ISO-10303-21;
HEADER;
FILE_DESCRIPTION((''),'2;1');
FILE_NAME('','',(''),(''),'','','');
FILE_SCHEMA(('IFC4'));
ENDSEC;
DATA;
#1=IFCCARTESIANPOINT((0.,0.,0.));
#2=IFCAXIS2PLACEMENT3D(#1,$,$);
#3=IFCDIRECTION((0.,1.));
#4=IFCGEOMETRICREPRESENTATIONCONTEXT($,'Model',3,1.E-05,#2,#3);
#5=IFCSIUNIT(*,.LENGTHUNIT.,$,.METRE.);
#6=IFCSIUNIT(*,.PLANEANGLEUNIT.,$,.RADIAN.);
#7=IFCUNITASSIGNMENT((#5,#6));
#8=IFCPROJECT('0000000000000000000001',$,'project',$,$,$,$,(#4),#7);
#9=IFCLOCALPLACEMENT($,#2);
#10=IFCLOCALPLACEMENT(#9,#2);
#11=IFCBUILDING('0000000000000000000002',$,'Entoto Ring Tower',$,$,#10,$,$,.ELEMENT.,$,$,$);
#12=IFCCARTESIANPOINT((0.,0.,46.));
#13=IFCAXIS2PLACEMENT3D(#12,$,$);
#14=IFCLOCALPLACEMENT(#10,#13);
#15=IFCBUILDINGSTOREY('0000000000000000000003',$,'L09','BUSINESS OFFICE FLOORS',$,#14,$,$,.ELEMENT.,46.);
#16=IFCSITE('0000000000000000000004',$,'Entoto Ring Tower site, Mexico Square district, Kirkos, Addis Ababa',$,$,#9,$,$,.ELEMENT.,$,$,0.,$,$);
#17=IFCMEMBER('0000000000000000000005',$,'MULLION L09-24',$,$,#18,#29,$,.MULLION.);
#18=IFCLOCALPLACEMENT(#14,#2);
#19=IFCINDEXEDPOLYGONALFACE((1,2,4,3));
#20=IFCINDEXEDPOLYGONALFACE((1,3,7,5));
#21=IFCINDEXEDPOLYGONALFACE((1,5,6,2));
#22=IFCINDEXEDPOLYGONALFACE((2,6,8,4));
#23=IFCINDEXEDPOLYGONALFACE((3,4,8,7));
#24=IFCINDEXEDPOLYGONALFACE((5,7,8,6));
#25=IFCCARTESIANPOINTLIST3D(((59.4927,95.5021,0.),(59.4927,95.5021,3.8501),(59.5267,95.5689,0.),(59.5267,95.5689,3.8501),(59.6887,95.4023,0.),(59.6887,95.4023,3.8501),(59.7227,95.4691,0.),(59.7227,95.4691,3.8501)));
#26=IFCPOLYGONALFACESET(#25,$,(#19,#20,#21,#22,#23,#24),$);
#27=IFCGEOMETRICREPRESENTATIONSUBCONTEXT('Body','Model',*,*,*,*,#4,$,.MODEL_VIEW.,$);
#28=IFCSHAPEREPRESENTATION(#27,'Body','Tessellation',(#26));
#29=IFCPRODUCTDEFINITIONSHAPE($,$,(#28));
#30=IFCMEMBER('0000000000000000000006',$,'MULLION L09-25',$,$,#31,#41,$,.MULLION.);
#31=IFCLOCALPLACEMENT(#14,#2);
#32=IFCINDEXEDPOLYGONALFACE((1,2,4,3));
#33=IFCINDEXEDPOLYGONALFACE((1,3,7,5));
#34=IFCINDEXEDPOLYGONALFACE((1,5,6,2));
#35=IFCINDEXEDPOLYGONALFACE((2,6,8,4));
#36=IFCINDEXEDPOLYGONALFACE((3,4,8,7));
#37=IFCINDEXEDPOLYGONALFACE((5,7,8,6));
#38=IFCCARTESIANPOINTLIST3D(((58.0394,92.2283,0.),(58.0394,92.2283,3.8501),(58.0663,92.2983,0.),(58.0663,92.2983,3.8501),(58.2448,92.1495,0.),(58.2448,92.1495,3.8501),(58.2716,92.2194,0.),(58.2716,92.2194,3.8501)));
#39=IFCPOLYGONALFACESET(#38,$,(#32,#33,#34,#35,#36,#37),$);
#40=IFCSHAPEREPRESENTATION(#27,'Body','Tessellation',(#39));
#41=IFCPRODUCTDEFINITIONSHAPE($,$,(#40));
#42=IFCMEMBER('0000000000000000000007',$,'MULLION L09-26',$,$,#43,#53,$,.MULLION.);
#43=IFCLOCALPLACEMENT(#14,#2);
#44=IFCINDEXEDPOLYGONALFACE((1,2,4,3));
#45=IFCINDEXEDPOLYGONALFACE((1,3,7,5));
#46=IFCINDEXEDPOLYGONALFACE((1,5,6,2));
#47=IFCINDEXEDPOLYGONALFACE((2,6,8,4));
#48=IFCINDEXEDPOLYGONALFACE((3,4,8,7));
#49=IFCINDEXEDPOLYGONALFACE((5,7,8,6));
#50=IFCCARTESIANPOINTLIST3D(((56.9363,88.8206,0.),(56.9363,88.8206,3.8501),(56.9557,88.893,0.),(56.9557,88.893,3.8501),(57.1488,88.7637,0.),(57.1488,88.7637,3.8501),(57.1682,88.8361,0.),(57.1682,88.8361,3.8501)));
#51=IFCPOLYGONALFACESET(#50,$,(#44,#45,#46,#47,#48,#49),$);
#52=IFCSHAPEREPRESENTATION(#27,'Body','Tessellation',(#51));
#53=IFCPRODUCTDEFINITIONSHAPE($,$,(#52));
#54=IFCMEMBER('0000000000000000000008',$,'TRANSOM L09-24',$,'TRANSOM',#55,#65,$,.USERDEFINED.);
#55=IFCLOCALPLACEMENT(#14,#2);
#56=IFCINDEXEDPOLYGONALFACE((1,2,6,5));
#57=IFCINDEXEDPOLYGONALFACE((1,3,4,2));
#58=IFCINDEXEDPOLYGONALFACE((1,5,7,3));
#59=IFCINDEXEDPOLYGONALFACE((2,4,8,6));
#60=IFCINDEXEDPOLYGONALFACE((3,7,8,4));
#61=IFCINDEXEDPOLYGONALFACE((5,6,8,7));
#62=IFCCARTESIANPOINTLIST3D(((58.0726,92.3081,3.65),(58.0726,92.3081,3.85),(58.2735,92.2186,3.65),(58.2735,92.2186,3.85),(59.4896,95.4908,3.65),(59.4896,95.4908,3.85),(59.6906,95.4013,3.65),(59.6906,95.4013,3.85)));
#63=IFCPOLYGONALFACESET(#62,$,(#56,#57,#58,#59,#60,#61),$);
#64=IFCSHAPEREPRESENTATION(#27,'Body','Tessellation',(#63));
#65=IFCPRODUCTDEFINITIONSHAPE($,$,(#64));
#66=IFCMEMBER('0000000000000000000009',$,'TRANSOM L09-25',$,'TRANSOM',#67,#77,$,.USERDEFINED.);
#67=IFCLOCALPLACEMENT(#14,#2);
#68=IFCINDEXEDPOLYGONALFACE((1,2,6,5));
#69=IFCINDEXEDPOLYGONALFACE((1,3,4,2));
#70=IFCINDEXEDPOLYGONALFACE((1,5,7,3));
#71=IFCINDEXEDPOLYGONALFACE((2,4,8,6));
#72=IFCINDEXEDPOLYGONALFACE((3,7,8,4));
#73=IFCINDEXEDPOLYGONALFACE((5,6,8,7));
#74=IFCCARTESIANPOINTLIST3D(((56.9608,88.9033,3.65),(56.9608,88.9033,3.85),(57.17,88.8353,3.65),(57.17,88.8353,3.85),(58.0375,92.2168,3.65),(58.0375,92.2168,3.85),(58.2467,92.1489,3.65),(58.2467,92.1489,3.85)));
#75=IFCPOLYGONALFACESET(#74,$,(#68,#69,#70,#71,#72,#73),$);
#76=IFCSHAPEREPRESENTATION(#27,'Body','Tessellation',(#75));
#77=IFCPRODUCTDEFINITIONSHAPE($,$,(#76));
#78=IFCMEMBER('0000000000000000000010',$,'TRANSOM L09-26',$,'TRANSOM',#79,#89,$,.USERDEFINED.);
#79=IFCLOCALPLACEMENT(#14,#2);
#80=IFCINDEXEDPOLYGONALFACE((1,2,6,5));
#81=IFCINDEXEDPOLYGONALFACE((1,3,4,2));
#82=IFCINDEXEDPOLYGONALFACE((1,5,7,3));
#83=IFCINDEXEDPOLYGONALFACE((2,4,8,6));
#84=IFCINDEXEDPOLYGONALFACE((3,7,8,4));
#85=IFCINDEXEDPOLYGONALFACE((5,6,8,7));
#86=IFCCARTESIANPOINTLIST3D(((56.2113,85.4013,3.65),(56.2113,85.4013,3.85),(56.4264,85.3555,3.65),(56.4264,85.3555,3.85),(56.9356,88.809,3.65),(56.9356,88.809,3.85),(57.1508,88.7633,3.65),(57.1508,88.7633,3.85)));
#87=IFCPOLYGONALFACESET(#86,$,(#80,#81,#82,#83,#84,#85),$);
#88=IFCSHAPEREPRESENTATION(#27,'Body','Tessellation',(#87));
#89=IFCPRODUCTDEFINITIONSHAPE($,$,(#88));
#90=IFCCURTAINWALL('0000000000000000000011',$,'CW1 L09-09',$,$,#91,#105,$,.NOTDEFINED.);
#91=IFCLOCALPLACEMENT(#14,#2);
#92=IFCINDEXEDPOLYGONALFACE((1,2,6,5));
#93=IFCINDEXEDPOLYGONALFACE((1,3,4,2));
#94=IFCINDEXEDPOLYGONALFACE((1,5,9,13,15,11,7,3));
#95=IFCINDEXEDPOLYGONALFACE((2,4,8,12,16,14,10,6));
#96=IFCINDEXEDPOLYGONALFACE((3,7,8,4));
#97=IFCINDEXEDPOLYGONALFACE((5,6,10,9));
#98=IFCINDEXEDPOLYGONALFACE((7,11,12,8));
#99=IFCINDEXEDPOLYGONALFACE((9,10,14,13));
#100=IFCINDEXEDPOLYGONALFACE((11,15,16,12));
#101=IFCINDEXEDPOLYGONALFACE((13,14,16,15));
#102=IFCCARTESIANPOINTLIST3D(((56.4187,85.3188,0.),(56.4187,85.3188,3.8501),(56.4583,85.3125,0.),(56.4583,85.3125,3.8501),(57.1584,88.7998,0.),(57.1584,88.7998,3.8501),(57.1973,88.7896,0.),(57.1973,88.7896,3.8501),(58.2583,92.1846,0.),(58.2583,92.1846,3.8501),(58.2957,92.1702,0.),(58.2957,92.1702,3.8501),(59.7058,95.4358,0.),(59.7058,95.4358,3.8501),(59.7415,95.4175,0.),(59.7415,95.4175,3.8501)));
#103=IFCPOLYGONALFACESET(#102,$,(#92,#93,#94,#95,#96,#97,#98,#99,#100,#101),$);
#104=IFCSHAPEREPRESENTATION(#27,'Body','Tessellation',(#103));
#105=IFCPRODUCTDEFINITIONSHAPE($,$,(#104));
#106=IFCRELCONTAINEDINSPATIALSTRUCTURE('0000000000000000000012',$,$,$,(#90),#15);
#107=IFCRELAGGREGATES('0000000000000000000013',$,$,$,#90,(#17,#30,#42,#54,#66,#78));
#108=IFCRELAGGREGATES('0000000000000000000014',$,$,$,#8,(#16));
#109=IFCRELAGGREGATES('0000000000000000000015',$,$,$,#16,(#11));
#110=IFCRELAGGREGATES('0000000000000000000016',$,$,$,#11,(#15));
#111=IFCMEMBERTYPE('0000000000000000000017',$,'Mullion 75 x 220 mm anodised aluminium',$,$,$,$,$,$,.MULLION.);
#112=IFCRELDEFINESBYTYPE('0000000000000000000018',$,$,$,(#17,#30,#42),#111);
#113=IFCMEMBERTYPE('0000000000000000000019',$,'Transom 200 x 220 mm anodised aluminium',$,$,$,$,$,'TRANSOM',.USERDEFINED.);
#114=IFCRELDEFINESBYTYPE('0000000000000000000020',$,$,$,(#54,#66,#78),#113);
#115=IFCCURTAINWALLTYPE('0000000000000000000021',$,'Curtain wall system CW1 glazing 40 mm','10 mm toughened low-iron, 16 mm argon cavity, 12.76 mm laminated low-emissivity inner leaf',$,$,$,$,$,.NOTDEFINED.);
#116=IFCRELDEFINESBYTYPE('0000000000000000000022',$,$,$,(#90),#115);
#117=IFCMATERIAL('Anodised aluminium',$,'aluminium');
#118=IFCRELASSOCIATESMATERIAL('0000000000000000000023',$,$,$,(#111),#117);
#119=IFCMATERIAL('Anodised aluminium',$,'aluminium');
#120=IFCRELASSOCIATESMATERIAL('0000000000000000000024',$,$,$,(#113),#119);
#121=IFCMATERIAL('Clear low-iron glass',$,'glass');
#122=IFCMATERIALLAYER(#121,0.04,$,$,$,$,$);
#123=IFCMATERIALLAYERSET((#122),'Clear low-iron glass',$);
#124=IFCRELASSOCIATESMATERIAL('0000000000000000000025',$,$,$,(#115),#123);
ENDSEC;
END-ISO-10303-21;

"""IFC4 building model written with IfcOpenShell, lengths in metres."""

from ifc_helpers import new_model, si_unit, direction, frame, origin, origin_2d, place, context, subcontext, project, spatial, polyline, rectangle, outline, extrude, material, layer, layer_set, material_profile, profile_set, type_object, element, aggregate, save


model = new_model("IFC4")

# Units and contexts
model_context = context("Model", 3, precision=1e-05, world=origin(), true_north=direction((0.0, 1.0)))
body_context = subcontext(model_context, "Body", "Model", "MODEL_VIEW")
ifc_project = project(units=[si_unit("LENGTHUNIT", "METRE"), si_unit("PLANEANGLEUNIT", "RADIAN")], contexts=[model_context])

# Members
ifc_material_1 = material(Name="Anodised aluminium", Category="aluminium")
ifc_material_profile_1 = material_profile(ifc_material_1, rectangle(XDim=0.075, YDim=0.22, at=origin_2d()), Name="Mullion 75 x 220 mm anodised aluminium")
ifc_profile_set_1 = profile_set([ifc_material_profile_1], Name="Anodised aluminium")
member_type_1 = type_object("IfcMemberType", Name="Mullion 75 x 220 mm anodised aluminium", PredefinedType="MULLION", material=ifc_profile_set_1)
site_placement = place(None, origin())
building_placement = place(site_placement, origin())
storey_placement = place(building_placement, frame((0.0, 0.0, 46.0)))
member_1_placement = place(storey_placement, frame((59.6077, 95.4856, 0.0), z_axis=(0.0, 0.0, 1.0), x_axis=(-0.45399, -0.891007, 0.0)))
member_1 = element("IfcMember", 1, at=member_1_placement, type_object=member_type_1, Name="MULLION L09-24", PredefinedType="MULLION", context=body_context, shape_type="SweptSolid", body=[
    extrude(rectangle(XDim=0.075, YDim=0.22, at=origin_2d()), origin(), (0.0, 0.0, 1.0), 3.8501),
])
member_2_placement = place(storey_placement, frame((58.1555, 92.2239, 0.0), z_axis=(0.0, 0.0, 1.0), x_axis=(-0.358368, -0.93358, 0.0)))
member_2 = element("IfcMember", 2, at=member_2_placement, type_object=member_type_1, Name="MULLION L09-25", PredefinedType="MULLION", context=body_context, shape_type="SweptSolid", body=[
    extrude(rectangle(XDim=0.075, YDim=0.22, at=origin_2d()), origin(), (0.0, 0.0, 1.0), 3.8501),
])
member_3_placement = place(storey_placement, frame((57.0522, 88.8284, 0.0), z_axis=(0.0, 0.0, 1.0), x_axis=(-0.258819, -0.965926, 0.0)))
member_3 = element("IfcMember", 3, at=member_3_placement, type_object=member_type_1, Name="MULLION L09-26", PredefinedType="MULLION", context=body_context, shape_type="SweptSolid", body=[
    extrude(rectangle(XDim=0.075, YDim=0.22, at=origin_2d()), origin(), (0.0, 0.0, 1.0), 3.8501),
])
ifc_material_2 = material(Name="Anodised aluminium", Category="aluminium")
ifc_material_profile_2 = material_profile(ifc_material_2, rectangle(XDim=0.22, YDim=0.2, at=origin_2d()), Name="Transom 200 x 220 mm anodised aluminium")
ifc_profile_set_2 = profile_set([ifc_material_profile_2], Name="Anodised aluminium")
member_type_2 = type_object("IfcMemberType", Name="Transom 200 x 220 mm anodised aluminium", ElementType="TRANSOM", PredefinedType="USERDEFINED", material=ifc_profile_set_2)
member_4_placement = place(storey_placement, frame((59.5901, 95.446, 3.75), z_axis=(-0.406737, -0.913545, 0.0), x_axis=(0.913545, -0.406737, 0.0)))
member_4 = element("IfcMember", 4, at=member_4_placement, type_object=member_type_2, Name="TRANSOM L09-24", ObjectType="TRANSOM", PredefinedType="USERDEFINED", context=body_context, shape_type="SweptSolid", body=[
    extrude(rectangle(XDim=0.22, YDim=0.2, at=origin_2d()), origin(), (0.0, 0.0, 1.0), 3.4839),
])
member_5_placement = place(storey_placement, frame((58.1421, 92.1829, 3.75), z_axis=(-0.309029, -0.951053, 0.0), x_axis=(0.951053, -0.309029, 0.0)))
member_5 = element("IfcMember", 5, at=member_5_placement, type_object=member_type_2, Name="TRANSOM L09-25", ObjectType="TRANSOM", PredefinedType="USERDEFINED", context=body_context, shape_type="SweptSolid", body=[
    extrude(rectangle(XDim=0.22, YDim=0.2, at=origin_2d()), origin(), (0.0, 0.0, 1.0), 3.4841),
])
member_6_placement = place(storey_placement, frame((57.0432, 88.7861, 3.75), z_axis=(-0.207921, -0.978146, 0.0), x_axis=(0.978146, -0.207921, 0.0)))
member_6 = element("IfcMember", 6, at=member_6_placement, type_object=member_type_2, Name="TRANSOM L09-26", ObjectType="TRANSOM", PredefinedType="USERDEFINED", context=body_context, shape_type="SweptSolid", body=[
    extrude(rectangle(XDim=0.22, YDim=0.2, at=origin_2d()), origin(), (0.0, 0.0, 1.0), 3.4839),
])

# Site, building, storey
site = spatial("IfcSite", under=ifc_project, at=site_placement, Name="Entoto Ring Tower site, Mexico Square district, Kirkos, Addis Ababa", CompositionType="ELEMENT", RefElevation=0.0)
building = spatial("IfcBuilding", under=site, at=building_placement, Name="Entoto Ring Tower", CompositionType="ELEMENT")
storey = spatial("IfcBuildingStorey", under=building, at=storey_placement, Name="L09", Description="BUSINESS OFFICE FLOORS", CompositionType="ELEMENT", Elevation=46.0)

# Curtain wall
ifc_material_3 = material(Name="Clear low-iron glass", Category="glass")
ifc_layer = layer(ifc_material_3, 0.04)
ifc_layer_set = layer_set([ifc_layer], Name="Clear low-iron glass")
curtain_wall_type = type_object("IfcCurtainWallType", Name="Curtain wall system CW1 glazing 40 mm", Description="10 mm toughened low-iron, 16 mm argon cavity, 12.76 mm laminated low-emissivity inner leaf", PredefinedType="NOTDEFINED", material=ifc_layer_set)
curtain_wall_1_placement = place(storey_placement, origin())
curtain_wall_1 = element("IfcCurtainWall", 7, at=curtain_wall_1_placement, inside=storey, type_object=curtain_wall_type, Name="CW1 L09-09", PredefinedType="NOTDEFINED", context=body_context, shape_type="SweptSolid", body=[
    extrude(outline(polyline([(59.7058, 95.4358), (58.2583, 92.1846), (57.1584, 88.7998), (56.4187, 85.3188), (56.4583, 85.3125), (57.1973, 88.7896), (58.2957, 92.1702), (59.7415, 95.4175), (59.7058, 95.4358)])), origin(), (0.0, 0.0, 1.0), 3.8501),
])
aggregate(curtain_wall_1, [member_1, member_2, member_3, member_4, member_5, member_6])

save(model, "model.ifc")
